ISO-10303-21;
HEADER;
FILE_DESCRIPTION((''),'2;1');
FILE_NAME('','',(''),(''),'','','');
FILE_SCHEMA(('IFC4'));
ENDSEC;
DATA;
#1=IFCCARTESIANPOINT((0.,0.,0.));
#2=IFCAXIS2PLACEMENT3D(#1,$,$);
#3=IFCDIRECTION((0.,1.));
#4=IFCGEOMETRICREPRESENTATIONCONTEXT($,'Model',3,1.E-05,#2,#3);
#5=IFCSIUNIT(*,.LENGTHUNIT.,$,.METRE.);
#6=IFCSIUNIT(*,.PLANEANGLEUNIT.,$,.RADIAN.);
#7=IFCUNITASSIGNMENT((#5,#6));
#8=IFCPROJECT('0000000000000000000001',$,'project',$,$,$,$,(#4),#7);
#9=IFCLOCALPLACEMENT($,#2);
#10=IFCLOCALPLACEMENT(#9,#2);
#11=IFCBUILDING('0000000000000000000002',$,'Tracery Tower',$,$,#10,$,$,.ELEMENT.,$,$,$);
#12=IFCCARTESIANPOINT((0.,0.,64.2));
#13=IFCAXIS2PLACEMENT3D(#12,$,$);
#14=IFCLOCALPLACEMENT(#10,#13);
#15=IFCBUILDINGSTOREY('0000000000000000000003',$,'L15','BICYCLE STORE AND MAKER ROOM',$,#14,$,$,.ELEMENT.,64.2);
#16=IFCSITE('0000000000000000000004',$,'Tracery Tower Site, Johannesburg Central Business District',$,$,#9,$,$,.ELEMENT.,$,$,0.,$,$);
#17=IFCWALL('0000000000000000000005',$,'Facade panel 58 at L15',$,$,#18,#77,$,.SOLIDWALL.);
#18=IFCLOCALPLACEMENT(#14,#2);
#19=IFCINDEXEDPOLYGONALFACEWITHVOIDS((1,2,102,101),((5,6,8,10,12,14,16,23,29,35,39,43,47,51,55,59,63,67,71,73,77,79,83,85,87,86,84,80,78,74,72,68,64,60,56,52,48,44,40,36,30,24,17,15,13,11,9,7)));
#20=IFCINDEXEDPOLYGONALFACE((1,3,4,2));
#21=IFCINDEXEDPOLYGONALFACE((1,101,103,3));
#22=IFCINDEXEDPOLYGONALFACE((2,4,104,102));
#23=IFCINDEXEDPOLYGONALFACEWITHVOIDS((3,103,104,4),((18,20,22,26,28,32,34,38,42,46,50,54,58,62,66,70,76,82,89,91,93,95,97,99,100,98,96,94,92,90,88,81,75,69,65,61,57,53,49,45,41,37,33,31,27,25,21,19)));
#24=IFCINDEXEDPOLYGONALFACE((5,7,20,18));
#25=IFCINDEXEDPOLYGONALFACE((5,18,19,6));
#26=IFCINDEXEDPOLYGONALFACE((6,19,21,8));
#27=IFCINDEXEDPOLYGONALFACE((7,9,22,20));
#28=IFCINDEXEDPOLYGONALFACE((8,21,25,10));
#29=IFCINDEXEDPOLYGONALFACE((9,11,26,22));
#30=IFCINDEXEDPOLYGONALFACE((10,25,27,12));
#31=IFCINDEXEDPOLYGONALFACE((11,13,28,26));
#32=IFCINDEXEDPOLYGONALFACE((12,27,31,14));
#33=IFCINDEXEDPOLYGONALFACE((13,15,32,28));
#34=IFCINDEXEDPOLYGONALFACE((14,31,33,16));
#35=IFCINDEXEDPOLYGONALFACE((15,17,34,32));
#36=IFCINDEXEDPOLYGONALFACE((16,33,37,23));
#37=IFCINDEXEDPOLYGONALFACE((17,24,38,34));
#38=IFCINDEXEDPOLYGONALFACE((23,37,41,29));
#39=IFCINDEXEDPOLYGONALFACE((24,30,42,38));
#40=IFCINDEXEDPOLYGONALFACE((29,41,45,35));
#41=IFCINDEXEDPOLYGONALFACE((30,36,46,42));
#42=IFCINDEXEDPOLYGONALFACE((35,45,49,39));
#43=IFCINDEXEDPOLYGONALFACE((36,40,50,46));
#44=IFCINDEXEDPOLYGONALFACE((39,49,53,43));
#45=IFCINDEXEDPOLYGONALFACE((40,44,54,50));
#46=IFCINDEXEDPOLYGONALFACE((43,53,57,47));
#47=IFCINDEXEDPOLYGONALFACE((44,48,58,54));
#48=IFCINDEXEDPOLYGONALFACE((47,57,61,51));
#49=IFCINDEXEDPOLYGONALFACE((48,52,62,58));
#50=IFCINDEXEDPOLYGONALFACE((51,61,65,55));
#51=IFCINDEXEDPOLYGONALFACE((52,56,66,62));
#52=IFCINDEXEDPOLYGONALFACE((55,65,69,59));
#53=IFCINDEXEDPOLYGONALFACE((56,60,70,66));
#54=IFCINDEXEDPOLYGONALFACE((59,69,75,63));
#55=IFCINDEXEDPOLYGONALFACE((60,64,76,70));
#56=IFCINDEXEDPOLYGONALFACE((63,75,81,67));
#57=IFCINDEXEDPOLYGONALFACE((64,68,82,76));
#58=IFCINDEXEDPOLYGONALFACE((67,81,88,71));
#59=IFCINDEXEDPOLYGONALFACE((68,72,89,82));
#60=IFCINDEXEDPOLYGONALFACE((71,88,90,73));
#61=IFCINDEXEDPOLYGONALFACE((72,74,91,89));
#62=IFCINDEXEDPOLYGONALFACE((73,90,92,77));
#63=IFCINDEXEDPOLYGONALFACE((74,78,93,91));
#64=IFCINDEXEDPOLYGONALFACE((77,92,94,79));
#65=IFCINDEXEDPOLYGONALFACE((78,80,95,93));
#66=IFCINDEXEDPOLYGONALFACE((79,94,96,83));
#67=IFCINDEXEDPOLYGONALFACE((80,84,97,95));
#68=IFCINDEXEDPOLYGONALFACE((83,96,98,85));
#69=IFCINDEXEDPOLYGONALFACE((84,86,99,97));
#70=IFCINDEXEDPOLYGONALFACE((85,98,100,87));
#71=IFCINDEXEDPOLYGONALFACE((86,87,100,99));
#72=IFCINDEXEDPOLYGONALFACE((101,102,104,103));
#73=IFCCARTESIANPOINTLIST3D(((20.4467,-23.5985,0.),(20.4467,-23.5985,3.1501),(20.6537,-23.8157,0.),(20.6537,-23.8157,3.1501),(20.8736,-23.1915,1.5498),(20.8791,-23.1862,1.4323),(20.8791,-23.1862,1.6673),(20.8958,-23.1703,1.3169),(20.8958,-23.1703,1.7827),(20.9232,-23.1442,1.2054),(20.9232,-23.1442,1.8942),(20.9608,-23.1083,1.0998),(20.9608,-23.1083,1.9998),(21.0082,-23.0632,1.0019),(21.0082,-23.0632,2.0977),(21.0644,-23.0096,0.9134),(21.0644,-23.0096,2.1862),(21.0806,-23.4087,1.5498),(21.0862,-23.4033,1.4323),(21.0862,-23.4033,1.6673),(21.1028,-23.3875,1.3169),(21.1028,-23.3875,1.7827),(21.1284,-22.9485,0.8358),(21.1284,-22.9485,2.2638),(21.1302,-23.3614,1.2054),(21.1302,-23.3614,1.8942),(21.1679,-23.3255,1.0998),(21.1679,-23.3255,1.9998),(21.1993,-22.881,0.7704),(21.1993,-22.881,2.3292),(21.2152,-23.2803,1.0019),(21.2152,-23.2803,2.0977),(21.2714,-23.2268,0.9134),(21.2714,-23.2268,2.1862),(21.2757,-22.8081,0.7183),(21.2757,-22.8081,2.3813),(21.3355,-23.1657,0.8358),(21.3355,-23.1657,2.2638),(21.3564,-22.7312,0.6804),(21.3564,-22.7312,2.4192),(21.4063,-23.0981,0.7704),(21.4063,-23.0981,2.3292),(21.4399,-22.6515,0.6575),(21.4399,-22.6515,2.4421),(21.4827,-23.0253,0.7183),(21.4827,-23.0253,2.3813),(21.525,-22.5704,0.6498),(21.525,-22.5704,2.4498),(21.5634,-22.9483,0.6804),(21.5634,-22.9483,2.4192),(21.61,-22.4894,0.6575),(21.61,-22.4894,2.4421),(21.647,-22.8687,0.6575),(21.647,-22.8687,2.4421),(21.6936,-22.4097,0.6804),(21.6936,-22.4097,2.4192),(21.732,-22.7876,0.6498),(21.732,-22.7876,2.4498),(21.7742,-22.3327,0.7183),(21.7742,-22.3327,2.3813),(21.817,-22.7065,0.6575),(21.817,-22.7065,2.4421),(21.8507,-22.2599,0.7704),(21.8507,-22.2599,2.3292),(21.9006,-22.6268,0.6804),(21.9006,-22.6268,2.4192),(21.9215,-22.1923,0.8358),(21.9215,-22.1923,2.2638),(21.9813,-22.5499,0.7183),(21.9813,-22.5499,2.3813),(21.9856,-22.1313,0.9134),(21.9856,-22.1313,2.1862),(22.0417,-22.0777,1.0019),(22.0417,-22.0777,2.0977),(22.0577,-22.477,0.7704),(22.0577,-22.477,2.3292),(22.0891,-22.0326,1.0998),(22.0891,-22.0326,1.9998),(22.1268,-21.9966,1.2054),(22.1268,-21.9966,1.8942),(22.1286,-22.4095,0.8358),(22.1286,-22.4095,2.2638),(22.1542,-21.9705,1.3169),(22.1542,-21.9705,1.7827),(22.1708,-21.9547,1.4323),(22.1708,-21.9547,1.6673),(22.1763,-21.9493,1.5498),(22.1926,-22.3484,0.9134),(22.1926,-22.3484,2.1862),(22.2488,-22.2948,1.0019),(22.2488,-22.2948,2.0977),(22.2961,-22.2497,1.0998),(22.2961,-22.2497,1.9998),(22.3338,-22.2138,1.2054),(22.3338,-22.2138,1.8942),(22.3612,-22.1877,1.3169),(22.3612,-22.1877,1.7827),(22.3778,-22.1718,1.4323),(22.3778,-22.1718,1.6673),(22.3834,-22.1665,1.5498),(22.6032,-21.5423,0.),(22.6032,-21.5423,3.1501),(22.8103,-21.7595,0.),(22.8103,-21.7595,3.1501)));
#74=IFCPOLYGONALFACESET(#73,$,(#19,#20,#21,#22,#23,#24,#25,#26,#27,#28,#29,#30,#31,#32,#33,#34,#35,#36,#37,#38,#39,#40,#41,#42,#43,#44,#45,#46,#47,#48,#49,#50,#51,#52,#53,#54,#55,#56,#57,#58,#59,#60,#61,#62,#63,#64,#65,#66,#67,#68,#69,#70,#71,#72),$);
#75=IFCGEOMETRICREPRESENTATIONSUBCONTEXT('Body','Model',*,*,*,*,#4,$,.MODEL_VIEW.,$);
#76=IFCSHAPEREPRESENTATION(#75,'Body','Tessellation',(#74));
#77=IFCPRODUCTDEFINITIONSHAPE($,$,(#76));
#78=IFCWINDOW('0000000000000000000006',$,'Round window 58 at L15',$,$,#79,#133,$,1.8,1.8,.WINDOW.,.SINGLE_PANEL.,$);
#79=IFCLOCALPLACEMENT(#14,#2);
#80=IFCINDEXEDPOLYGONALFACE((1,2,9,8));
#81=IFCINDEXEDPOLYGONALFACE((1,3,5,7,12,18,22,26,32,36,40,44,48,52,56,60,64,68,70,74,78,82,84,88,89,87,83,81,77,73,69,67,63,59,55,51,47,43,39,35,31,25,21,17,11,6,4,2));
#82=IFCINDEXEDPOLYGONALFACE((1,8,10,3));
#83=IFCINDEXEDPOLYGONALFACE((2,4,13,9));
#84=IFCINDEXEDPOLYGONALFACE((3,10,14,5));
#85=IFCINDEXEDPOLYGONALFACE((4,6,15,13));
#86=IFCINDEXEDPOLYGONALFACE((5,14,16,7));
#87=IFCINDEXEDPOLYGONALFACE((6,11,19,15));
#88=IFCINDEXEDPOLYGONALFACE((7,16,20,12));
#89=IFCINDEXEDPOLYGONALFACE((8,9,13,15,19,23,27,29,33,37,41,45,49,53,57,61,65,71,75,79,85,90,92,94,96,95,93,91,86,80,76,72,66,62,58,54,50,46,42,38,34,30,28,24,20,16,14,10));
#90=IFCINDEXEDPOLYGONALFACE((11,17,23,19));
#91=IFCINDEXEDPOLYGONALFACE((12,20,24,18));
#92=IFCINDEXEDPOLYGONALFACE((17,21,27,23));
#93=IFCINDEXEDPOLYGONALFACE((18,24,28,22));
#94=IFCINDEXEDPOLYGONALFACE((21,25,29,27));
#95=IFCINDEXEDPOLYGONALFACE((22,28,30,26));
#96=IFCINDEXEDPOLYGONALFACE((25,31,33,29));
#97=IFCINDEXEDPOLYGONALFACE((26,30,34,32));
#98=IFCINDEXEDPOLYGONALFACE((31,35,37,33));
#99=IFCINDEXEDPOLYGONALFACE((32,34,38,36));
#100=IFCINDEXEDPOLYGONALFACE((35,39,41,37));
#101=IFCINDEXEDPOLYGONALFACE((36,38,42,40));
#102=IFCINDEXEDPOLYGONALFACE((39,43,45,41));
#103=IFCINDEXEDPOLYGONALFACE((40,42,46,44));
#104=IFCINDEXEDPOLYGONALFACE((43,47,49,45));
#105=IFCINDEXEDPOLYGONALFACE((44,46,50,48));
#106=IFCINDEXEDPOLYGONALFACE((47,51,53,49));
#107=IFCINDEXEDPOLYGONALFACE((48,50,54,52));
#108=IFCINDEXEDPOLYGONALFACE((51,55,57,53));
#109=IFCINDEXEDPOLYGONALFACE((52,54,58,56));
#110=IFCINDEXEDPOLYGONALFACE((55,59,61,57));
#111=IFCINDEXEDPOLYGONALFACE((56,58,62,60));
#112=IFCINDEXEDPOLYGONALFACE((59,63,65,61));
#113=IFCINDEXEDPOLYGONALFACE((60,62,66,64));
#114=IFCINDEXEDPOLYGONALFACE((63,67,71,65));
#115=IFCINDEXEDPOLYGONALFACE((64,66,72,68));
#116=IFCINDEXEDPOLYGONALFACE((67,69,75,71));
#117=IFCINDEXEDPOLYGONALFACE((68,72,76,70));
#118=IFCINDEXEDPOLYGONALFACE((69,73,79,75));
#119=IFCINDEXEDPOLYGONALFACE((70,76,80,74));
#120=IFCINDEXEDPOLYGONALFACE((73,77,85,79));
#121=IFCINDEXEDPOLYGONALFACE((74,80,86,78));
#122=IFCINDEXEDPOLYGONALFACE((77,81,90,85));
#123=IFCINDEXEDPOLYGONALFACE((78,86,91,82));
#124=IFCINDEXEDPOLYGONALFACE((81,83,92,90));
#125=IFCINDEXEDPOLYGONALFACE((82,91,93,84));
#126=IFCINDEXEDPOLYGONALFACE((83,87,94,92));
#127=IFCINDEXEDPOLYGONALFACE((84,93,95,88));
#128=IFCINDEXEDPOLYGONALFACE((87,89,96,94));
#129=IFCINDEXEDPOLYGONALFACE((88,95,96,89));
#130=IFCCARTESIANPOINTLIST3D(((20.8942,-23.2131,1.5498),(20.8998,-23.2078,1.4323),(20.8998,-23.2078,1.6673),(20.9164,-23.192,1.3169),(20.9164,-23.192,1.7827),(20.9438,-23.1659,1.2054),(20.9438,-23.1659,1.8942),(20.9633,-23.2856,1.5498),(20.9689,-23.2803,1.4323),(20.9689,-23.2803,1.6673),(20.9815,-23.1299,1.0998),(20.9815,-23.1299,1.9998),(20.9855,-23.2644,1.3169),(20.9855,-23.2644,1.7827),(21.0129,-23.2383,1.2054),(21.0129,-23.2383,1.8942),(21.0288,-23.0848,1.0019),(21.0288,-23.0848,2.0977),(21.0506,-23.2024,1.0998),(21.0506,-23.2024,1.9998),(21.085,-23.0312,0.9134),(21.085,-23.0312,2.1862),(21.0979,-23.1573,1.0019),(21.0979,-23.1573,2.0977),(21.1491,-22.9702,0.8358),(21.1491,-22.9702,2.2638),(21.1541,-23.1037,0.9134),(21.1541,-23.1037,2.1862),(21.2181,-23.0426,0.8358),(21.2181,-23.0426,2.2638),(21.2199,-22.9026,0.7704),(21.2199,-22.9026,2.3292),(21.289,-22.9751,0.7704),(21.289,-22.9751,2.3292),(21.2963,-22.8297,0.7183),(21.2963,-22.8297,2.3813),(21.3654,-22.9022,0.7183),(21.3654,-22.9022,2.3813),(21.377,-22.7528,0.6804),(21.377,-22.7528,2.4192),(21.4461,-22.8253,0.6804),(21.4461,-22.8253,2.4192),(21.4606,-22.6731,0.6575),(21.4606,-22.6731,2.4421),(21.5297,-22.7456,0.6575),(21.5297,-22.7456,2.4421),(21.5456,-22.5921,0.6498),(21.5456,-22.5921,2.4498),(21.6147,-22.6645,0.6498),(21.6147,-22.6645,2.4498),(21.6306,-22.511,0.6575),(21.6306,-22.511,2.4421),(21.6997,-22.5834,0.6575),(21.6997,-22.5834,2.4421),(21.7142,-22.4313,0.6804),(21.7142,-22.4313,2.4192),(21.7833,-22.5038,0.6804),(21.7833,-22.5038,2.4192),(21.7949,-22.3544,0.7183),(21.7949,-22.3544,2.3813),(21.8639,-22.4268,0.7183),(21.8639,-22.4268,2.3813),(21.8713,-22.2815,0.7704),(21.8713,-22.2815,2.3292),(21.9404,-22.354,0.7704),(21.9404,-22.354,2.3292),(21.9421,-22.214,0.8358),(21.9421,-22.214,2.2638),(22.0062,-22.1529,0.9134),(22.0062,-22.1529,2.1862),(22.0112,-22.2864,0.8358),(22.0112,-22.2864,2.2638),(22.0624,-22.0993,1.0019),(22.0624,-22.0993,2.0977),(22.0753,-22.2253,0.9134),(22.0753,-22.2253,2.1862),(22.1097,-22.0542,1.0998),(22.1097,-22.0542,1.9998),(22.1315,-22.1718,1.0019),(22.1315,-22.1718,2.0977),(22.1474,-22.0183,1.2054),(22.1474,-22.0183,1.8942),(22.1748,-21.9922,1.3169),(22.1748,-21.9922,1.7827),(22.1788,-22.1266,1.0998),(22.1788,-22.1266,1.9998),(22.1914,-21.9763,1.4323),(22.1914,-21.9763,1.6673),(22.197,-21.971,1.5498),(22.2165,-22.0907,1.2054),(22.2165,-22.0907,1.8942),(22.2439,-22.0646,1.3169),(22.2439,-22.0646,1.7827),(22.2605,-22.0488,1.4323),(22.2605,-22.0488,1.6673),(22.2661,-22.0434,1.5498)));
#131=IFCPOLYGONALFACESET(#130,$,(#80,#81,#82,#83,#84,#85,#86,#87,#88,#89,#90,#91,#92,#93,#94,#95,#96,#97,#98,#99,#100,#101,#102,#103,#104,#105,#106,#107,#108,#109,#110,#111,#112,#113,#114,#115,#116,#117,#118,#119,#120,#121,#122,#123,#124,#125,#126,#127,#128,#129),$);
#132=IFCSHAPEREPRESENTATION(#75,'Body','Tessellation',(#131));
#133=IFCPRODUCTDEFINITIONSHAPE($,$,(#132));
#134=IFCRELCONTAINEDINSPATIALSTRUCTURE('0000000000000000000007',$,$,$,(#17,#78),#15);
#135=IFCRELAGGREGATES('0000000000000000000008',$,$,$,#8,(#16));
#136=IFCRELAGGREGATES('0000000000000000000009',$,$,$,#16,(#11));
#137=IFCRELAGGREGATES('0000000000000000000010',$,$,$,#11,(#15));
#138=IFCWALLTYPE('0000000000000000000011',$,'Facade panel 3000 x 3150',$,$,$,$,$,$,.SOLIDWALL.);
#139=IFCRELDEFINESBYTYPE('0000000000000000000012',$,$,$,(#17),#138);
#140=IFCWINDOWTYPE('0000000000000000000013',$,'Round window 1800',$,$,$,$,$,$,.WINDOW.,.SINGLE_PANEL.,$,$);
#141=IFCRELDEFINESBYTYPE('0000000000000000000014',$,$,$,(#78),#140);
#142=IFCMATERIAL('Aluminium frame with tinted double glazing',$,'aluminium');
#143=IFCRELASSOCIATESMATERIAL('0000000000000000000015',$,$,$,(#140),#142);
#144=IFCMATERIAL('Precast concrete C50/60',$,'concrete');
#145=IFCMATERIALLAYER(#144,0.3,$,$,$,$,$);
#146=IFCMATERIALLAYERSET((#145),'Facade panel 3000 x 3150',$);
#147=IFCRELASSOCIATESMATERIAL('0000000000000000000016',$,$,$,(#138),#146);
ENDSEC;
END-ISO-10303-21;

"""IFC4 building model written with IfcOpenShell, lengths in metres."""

from ifc_helpers import new_model, si_unit, direction, frame, frame_2d, origin, origin_2d, place, context, subcontext, project, spatial, rectangle, circle, extrude, material, layer, layer_set, type_object, element, fill, save


model = new_model("IFC4")

# Units and contexts
model_context = context("Model", 3, precision=1e-05, world=origin(), true_north=direction((0.0, 1.0)))
body_context = subcontext(model_context, "Body", "Model", "MODEL_VIEW")
ifc_project = project(units=[si_unit("LENGTHUNIT", "METRE"), si_unit("PLANEANGLEUNIT", "RADIAN")], contexts=[model_context])

# Site, building, storey
site_placement = place(None, origin())
site = spatial("IfcSite", under=ifc_project, at=site_placement, Name="Tracery Tower Site, Johannesburg Central Business District", CompositionType="ELEMENT", RefElevation=0.0)
building_placement = place(site_placement, origin())
building = spatial("IfcBuilding", under=site, at=building_placement, Name="Tracery Tower", CompositionType="ELEMENT")
storey_placement = place(building_placement, frame((0.0, 0.0, 64.2)))
storey = spatial("IfcBuildingStorey", under=building, at=storey_placement, Name="L15", Description="BICYCLE STORE AND MAKER ROOM", CompositionType="ELEMENT", Elevation=64.2)

# Wall, opening, window
ifc_material_1 = material(Name="Aluminium frame with tinted double glazing", Category="aluminium")
window_type = type_object("IfcWindowType", Name="Round window 1800", PartitioningType="SINGLE_PANEL", PredefinedType="WINDOW", material=ifc_material_1)
ifc_material_2 = material(Name="Precast concrete C50/60", Category="concrete")
ifc_layer_1 = layer(ifc_material_2, 0.3)
ifc_layer_set_1 = layer_set([ifc_layer_1], Name="Facade panel 3000 x 3150")
wall_type_1 = type_object("IfcWallType", Name="Facade panel 3000 x 3150", PredefinedType="SOLIDWALL", material=ifc_layer_set_1)
wall_1_placement = place(storey_placement, frame((20.5503, -23.707, 0.0), z_axis=(0.0, 0.0, 1.0), x_axis=(0.723744, 0.690068, 0.0)))
wall_1 = element("IfcWall", 1, at=wall_1_placement, inside=storey, type_object=wall_type_1, Name="Facade panel 58 at L15", PredefinedType="SOLIDWALL", context=body_context, shape_type="SweptSolid", body=[
    extrude(rectangle(XDim=2.9797, YDim=0.3, at=frame_2d((1.4897, 0.0))), origin(), (0.0, 0.0, 1.0), 3.1501),
])
opening_1_placement = place(wall_1_placement, frame((1.4897, 0.0, 1.5498)))
opening_1 = element("IfcOpeningElement", 2, at=opening_1_placement, cuts=wall_1, PredefinedType="OPENING", context=body_context, shape_type="SweptSolid", body=[
    extrude(circle(Radius=0.9, at=origin_2d()), frame((0.0, 0.1599, 0.0), z_axis=(0.0, -1.0, 0.0), x_axis=(1.0, 0.0, 0.0)), (0.0, 0.0, 1.0), 0.3201),
])
window_1_placement = place(opening_1_placement, origin())
window_1 = element("IfcWindow", 3, at=window_1_placement, inside=storey, type_object=window_type, Name="Round window 58 at L15", OverallHeight=1.8, OverallWidth=1.8, PartitioningType="SINGLE_PANEL", PredefinedType="WINDOW", context=body_context, shape_type="SweptSolid", body=[
    extrude(circle(Radius=0.9, at=origin_2d()), frame((0.0, 0.1201, 0.0), z_axis=(0.0, -1.0, 0.0), x_axis=(1.0, 0.0, 0.0)), (0.0, 0.0, 1.0), 0.1001),
])
fill(opening_1, window_1)

save(model, "model.ifc")
